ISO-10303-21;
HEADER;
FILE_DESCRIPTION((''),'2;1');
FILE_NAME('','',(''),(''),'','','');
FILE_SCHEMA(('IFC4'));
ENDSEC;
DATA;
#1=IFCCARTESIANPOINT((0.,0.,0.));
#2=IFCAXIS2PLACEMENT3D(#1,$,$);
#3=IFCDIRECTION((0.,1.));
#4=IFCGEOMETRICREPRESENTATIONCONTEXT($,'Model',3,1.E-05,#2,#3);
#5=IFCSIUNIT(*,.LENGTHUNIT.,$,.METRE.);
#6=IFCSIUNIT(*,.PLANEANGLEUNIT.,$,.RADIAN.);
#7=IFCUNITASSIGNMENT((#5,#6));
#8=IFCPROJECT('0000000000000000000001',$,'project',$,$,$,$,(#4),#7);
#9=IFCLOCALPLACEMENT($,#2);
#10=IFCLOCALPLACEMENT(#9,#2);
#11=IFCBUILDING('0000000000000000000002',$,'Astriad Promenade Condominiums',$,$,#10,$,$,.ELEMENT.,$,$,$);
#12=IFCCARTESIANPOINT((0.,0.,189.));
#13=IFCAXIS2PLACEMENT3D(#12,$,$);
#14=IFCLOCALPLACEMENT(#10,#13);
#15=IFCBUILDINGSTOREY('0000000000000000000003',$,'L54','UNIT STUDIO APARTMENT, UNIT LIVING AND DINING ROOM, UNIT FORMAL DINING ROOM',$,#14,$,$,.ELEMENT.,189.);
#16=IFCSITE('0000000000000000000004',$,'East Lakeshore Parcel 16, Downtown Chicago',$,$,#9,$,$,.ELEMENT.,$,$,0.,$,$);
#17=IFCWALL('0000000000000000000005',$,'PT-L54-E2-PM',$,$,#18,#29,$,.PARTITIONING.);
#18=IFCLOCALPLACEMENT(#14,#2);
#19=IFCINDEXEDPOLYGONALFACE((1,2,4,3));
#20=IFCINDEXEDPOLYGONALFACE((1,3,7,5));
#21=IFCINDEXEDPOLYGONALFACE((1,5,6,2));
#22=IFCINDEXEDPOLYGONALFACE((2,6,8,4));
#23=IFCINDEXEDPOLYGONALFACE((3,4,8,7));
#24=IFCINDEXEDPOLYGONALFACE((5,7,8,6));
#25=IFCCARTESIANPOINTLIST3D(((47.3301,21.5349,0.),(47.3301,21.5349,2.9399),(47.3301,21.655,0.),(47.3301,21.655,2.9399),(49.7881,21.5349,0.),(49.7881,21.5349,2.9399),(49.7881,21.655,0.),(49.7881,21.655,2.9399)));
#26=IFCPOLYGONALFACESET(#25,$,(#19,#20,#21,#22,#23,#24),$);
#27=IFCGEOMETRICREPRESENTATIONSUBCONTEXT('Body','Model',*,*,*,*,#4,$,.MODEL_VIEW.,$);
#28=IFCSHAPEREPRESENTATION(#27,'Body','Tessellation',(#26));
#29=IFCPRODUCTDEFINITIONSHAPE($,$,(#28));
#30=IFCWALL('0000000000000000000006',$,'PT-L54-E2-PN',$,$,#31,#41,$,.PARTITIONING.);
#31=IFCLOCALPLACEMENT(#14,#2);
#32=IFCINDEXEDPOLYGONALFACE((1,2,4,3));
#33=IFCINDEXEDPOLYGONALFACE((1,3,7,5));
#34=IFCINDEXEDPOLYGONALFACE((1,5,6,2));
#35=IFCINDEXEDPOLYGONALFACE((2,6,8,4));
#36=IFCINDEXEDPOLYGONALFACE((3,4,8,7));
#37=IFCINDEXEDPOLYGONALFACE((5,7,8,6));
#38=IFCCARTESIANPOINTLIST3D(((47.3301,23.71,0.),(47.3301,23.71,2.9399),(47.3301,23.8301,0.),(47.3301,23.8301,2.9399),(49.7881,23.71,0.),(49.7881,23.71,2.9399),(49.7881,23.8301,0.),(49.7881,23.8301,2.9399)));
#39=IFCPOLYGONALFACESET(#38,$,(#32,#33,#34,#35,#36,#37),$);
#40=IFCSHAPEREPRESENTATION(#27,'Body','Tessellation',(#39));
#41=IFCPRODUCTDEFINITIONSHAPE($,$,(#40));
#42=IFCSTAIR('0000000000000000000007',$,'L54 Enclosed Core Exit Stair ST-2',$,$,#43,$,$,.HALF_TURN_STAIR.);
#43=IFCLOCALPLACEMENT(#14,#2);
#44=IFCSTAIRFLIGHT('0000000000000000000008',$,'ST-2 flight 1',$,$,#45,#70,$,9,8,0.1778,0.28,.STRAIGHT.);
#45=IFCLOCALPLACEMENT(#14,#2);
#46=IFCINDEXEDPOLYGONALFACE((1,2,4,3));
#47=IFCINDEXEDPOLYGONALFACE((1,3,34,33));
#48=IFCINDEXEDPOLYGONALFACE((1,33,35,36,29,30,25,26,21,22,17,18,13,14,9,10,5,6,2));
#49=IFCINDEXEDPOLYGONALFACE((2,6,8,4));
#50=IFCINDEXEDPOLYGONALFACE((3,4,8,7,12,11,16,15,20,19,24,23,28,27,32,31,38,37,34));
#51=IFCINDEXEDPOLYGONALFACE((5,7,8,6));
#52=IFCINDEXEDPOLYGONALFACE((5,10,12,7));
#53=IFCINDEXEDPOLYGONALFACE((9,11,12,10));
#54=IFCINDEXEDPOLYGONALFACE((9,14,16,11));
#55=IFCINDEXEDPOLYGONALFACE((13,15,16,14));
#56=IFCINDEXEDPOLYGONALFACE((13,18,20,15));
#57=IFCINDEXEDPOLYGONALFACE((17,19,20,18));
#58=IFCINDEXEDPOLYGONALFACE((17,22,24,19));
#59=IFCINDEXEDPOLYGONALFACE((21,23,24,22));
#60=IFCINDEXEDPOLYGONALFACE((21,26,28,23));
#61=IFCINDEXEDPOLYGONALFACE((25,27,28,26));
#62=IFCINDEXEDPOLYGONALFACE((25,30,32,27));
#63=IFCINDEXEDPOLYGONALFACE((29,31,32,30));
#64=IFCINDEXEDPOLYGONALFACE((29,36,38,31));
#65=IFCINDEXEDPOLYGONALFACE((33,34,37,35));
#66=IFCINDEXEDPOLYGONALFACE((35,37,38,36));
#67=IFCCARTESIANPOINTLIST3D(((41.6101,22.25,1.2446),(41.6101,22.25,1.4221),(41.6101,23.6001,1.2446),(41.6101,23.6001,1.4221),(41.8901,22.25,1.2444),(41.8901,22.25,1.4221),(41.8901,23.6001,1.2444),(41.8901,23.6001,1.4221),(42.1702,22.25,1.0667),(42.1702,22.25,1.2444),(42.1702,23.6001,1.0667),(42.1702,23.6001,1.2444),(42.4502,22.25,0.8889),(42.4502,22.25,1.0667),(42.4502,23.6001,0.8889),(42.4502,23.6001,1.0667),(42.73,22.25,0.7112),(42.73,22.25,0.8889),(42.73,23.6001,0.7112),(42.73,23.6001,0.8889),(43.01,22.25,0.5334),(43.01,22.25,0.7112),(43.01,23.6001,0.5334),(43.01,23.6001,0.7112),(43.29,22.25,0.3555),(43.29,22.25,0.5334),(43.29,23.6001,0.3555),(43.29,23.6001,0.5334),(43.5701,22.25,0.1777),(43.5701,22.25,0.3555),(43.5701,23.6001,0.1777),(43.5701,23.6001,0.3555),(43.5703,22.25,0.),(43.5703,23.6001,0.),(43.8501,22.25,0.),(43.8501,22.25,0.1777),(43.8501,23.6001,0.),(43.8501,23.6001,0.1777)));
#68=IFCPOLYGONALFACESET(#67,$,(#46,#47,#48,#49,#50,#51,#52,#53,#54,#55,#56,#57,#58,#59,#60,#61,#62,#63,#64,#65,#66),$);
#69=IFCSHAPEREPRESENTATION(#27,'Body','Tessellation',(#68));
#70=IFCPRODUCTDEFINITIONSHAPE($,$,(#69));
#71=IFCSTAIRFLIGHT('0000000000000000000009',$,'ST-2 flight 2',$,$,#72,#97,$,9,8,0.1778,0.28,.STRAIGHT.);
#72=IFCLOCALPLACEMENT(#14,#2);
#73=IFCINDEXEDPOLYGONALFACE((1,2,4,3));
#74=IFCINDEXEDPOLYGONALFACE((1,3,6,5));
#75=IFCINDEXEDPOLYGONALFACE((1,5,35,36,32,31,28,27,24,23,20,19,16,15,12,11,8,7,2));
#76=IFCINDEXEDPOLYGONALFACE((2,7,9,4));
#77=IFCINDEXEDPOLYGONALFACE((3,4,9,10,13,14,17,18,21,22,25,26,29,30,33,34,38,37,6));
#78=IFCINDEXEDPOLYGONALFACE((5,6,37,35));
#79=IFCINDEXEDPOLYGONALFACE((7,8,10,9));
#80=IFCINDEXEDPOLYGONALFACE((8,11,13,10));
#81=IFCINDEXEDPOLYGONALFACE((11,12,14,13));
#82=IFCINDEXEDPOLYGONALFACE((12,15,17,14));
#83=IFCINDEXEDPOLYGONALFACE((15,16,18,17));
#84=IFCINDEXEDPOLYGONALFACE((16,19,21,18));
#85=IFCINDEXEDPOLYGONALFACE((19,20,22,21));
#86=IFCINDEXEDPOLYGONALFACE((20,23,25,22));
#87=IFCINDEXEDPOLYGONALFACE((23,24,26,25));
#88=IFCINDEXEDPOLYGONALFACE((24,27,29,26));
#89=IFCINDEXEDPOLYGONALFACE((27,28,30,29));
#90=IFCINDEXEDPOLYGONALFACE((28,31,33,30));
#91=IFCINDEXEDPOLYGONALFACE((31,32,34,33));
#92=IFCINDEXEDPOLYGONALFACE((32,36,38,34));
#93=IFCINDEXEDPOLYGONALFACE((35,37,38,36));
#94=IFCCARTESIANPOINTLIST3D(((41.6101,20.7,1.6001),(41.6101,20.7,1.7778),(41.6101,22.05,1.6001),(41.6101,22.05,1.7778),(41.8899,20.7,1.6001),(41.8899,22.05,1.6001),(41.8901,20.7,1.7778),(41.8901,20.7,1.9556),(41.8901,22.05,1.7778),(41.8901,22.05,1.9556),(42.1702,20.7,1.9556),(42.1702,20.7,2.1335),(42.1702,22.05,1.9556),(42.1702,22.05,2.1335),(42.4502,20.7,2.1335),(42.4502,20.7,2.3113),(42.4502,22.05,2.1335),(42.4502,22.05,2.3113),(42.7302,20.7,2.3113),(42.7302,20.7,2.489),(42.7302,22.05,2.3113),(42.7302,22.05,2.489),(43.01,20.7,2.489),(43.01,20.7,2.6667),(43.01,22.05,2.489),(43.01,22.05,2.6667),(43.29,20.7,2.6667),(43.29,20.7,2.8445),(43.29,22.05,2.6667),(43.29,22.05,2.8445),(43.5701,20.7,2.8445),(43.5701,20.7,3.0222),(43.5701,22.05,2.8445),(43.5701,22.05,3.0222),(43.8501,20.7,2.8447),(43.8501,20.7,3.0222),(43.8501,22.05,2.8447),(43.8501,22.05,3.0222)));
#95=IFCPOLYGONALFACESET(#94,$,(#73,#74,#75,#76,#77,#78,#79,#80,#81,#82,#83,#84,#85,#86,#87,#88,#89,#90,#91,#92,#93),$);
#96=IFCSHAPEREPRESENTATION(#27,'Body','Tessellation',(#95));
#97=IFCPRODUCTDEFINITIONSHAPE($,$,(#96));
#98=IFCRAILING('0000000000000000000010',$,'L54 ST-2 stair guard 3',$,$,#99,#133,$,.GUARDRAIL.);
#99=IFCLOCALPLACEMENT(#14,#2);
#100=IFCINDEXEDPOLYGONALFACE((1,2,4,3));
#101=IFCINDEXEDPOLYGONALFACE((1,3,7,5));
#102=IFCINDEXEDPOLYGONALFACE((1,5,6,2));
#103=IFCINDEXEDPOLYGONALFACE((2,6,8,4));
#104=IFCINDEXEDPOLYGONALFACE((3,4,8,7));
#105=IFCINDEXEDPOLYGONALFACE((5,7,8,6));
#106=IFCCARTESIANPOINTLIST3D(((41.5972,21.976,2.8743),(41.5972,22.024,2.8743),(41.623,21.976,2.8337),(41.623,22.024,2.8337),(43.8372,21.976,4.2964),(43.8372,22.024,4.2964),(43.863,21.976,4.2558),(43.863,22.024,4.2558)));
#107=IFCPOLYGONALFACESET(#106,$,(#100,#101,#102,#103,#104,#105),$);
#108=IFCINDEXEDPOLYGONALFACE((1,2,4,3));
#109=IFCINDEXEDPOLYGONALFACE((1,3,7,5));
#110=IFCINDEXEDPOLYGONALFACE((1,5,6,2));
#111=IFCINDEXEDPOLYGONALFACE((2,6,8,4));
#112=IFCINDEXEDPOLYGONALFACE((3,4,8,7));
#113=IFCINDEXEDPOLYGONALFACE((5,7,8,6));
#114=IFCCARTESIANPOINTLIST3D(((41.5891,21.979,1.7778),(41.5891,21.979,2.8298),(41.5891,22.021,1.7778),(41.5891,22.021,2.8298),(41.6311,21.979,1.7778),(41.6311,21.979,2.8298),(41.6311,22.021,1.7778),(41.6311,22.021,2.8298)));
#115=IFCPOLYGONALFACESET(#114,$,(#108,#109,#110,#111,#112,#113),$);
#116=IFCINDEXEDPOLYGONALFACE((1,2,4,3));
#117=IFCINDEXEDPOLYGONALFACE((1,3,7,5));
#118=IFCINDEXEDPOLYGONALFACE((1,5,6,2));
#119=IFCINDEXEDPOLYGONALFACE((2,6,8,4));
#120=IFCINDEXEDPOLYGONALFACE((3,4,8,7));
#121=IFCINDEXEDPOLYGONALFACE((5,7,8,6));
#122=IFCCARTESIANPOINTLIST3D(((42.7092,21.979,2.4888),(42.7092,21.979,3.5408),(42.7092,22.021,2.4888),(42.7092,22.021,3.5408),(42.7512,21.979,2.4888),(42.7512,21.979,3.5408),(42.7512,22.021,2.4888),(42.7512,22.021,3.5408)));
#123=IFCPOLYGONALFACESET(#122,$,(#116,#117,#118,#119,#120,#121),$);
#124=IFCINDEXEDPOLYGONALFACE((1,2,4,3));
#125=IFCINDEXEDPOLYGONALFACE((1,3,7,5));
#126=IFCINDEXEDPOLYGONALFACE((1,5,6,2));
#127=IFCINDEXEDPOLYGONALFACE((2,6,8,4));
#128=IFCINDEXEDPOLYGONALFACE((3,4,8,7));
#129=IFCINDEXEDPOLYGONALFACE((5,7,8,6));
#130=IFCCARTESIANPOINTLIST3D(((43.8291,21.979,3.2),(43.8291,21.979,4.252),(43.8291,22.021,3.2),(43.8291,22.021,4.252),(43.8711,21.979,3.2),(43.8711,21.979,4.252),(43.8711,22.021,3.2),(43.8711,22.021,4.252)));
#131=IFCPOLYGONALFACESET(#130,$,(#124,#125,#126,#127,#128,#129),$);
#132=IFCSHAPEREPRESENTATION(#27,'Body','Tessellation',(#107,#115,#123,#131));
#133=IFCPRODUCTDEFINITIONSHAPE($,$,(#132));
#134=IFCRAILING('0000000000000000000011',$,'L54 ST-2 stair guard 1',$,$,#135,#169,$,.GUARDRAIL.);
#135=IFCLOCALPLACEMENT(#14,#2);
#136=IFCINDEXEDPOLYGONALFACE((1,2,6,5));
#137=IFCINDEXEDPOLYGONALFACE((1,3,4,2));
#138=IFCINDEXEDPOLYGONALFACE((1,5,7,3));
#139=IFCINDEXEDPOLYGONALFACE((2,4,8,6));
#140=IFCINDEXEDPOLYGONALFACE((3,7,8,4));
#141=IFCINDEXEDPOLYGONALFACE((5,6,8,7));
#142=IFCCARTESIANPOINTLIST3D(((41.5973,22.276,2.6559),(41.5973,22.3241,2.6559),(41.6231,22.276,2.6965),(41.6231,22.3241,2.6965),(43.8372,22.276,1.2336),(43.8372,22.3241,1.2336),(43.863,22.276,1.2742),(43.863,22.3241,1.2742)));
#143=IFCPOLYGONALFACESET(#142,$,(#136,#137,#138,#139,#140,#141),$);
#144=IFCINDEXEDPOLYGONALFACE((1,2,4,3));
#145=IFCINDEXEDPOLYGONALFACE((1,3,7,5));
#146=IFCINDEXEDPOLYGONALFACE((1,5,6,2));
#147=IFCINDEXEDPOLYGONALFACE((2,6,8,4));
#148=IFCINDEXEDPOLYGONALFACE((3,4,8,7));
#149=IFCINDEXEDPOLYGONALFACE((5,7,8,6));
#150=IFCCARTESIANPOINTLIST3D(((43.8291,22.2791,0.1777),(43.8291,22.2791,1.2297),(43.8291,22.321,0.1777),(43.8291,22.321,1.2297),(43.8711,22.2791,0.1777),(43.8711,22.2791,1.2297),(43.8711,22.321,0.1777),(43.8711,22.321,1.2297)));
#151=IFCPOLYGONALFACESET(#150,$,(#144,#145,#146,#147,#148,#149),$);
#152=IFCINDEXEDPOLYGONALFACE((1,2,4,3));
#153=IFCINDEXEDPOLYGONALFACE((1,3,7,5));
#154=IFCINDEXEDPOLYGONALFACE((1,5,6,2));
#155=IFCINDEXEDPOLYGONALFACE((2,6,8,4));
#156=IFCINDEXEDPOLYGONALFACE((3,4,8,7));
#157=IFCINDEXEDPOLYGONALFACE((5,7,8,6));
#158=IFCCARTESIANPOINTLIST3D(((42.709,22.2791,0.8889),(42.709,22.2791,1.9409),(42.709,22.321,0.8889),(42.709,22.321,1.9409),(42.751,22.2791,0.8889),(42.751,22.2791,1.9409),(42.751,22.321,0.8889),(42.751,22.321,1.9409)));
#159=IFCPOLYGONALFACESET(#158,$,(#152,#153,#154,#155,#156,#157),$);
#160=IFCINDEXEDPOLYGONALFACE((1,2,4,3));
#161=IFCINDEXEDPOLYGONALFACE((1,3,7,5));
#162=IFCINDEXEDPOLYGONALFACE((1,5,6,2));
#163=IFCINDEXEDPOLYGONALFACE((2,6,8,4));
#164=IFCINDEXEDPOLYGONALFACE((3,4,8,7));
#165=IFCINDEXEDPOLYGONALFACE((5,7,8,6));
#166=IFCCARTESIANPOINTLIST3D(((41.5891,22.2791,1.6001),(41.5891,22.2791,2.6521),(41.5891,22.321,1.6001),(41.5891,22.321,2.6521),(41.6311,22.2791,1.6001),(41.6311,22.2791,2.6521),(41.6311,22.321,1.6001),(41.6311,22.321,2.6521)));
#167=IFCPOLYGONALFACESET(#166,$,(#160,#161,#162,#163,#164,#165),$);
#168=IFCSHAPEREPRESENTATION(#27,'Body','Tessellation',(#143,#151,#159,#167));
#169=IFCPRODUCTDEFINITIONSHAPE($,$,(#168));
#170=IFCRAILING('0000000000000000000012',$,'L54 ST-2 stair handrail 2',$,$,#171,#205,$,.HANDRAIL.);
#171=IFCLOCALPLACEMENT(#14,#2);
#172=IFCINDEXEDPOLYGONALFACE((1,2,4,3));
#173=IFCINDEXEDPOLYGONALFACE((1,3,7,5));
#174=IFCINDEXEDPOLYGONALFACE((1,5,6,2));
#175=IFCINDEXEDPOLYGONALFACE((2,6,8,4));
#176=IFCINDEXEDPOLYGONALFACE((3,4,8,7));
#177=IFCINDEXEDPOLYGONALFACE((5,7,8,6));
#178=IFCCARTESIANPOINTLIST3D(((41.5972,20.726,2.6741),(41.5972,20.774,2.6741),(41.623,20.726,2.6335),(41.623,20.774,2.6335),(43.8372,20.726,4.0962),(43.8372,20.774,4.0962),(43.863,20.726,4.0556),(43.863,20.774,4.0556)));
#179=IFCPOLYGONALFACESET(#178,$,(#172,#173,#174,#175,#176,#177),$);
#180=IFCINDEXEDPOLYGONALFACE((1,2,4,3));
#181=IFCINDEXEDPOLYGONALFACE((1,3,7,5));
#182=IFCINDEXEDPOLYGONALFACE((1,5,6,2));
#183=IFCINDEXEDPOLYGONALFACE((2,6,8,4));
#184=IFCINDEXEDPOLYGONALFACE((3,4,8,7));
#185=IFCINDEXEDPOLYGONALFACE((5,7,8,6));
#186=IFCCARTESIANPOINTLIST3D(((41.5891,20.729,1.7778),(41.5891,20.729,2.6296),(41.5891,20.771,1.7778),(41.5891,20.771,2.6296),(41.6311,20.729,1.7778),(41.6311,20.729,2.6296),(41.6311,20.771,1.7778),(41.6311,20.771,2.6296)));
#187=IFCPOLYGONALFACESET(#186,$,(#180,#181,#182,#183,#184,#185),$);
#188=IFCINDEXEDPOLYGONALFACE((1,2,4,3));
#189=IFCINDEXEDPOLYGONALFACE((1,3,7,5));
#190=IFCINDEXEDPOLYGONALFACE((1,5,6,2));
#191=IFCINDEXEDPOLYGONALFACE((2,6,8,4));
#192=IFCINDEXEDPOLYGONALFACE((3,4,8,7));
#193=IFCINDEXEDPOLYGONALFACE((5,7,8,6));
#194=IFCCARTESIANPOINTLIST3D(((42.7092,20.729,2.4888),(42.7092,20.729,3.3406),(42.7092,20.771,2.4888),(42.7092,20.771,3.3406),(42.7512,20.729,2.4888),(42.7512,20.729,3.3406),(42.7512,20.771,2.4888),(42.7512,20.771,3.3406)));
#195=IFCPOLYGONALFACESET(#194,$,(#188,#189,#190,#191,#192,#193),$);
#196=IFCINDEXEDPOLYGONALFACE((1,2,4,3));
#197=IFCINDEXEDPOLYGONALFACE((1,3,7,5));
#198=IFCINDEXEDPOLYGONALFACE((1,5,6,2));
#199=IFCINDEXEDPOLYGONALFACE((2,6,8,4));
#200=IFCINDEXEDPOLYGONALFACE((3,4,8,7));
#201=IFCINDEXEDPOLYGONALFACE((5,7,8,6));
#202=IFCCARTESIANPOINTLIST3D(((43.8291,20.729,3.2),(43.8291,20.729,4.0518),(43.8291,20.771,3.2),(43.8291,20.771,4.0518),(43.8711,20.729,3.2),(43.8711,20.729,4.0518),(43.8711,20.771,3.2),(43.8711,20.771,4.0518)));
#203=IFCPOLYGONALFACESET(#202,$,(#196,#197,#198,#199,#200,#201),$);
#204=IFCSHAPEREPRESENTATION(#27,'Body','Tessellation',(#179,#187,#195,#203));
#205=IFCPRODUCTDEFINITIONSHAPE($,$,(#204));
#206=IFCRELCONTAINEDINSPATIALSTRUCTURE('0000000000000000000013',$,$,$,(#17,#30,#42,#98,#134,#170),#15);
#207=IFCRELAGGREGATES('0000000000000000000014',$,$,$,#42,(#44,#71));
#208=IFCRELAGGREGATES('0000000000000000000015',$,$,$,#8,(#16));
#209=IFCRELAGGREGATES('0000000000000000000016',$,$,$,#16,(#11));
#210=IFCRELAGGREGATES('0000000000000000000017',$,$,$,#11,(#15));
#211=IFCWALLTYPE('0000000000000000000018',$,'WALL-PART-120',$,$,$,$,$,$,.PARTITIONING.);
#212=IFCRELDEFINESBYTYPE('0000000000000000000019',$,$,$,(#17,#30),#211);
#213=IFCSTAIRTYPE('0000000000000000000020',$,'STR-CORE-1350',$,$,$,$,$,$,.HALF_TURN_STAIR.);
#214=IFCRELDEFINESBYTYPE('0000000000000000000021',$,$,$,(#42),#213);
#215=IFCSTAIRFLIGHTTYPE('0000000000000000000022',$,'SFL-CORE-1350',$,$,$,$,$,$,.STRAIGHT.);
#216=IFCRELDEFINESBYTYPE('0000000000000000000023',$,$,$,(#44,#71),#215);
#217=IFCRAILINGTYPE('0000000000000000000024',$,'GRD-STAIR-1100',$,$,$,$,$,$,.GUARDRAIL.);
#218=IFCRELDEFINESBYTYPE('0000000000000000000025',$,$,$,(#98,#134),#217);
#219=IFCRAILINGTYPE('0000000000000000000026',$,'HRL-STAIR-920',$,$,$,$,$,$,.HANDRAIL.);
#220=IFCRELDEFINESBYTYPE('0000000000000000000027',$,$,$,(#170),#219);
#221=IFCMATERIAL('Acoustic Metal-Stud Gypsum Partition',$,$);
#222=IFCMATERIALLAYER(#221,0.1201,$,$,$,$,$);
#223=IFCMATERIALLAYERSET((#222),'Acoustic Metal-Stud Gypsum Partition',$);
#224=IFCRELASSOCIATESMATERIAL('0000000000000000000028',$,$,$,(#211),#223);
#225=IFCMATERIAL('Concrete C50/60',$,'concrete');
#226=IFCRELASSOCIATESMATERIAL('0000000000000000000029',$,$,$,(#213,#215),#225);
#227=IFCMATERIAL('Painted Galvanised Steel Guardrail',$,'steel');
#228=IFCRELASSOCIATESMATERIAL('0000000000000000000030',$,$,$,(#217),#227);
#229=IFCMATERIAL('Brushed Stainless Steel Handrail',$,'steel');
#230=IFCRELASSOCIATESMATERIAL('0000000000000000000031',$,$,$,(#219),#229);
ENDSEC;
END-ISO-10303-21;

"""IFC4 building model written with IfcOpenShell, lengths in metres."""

from ifc_helpers import new_model, si_unit, direction, frame, frame_2d, origin, origin_2d, place, context, subcontext, project, spatial, polyline, rectangle, outline, extrude, source, transform, mapped, material, layer, layer_set, type_object, type_shapes, element, aggregate, save


model = new_model("IFC4")

# Units and contexts
model_context = context("Model", 3, precision=1e-05, world=origin(), true_north=direction((0.0, 1.0)))
body_context = subcontext(model_context, "Body", "Model", "MODEL_VIEW")
ifc_project = project(units=[si_unit("LENGTHUNIT", "METRE"), si_unit("PLANEANGLEUNIT", "RADIAN")], contexts=[model_context])

# Site, building, storey
site_placement = place(None, origin())
site = spatial("IfcSite", under=ifc_project, at=site_placement, Name="East Lakeshore Parcel 16, Downtown Chicago", CompositionType="ELEMENT", RefElevation=0.0)
building_placement = place(site_placement, origin())
building = spatial("IfcBuilding", under=site, at=building_placement, Name="Astriad Promenade Condominiums", CompositionType="ELEMENT")
storey_placement = place(building_placement, frame((0.0, 0.0, 189.0)))
storey = spatial("IfcBuildingStorey", under=building, at=storey_placement, Name="L54", Description="UNIT STUDIO APARTMENT, UNIT LIVING AND DINING ROOM, UNIT FORMAL DINING ROOM", CompositionType="ELEMENT", Elevation=189.0)

# Shared definitions
ifc_material_1 = material(Name="Concrete C50/60", Category="concrete")

# Walls
ifc_material_2 = material(Name="Acoustic Metal-Stud Gypsum Partition")
ifc_layer_1 = layer(ifc_material_2, 0.1201)
ifc_layer_set_1 = layer_set([ifc_layer_1], Name="Acoustic Metal-Stud Gypsum Partition")
wall_type_1 = type_object("IfcWallType", Name="WALL-PART-120", PredefinedType="PARTITIONING", material=ifc_layer_set_1)
for number, where, z_axis, x_axis, name in (
    (1, (47.3301, 21.595, 0.0), (0.0, 0.0, 1.0), (1.0, 0.0, 0.0), "PT-L54-E2-PM"),
    (2, (47.3301, 23.77, 0.0), (0.0, 0.0, 1.0), (1.0, 0.0, 0.0), "PT-L54-E2-PN"),
):
    element("IfcWall", number, at=place(storey_placement, frame(where, z_axis=z_axis, x_axis=x_axis)), inside=storey, type_object=wall_type_1, Name=name, PredefinedType="PARTITIONING", context=body_context, shape_type="SweptSolid", body=[
        extrude(rectangle(XDim=2.458, YDim=0.1201, at=frame_2d((1.229, 0.0))), origin(), (0.0, 0.0, 1.0), 2.9399),
    ])

# Stair, stair flights
stair_type = type_object("IfcStairType", Name="STR-CORE-1350", PredefinedType="HALF_TURN_STAIR", material=ifc_material_1)
stair_placement = place(storey_placement, origin())
stair = element("IfcStair", 3, at=stair_placement, inside=storey, type_object=stair_type, Name="L54 Enclosed Core Exit Stair ST-2", PredefinedType="HALF_TURN_STAIR")
stair_flight_type = type_object("IfcStairFlightType", Name="SFL-CORE-1350", PredefinedType="STRAIGHT", material=ifc_material_1)
shared_shape_1 = source(origin(), body_context, "Body", "SweptSolid", [
    extrude(outline(polyline([(0.0, 0.0), (0.0, 0.1777), (0.28, 0.1777), (0.28, 0.3555), (0.5601, 0.3555), (0.5601, 0.5334), (0.8401, 0.5334), (0.8401, 0.7112), (1.1201, 0.7112), (1.1201, 0.8889), (1.3999, 0.8889), (1.3999, 1.0667), (1.6799, 1.0667), (1.6799, 1.2444), (1.96, 1.2444), (1.96, 1.4221), (2.24, 1.4221), (2.24, 1.6001), (2.24, 1.2446), (0.2798, 0.0), (0.0, 0.0)])), frame((0.0, 0.675, 0.0), z_axis=(0.0, -1.0, 0.0), x_axis=(1.0, 0.0, 0.0)), (0.0, 0.0, 1.0), 1.3501),
])
type_shapes(stair_flight_type, [shared_shape_1])
stair_flight_1_placement = place(storey_placement, frame((43.8501, 22.925, 0.0), z_axis=(0.0, 0.0, 1.0), x_axis=(-1.0, 0.0, 0.0)))
stair_flight_1 = element("IfcStairFlight", 4, at=stair_flight_1_placement, type_object=stair_flight_type, Name="ST-2 flight 1", NumberOfRisers=9, NumberOfTreads=8, PredefinedType="STRAIGHT", RiserHeight=0.1778, TreadLength=0.28, context=body_context, shape_type="MappedRepresentation", body=[
    mapped(shared_shape_1, transform((0.0, 0.0, 0.0), scale=1.0)),
])
stair_flight_2_placement = place(storey_placement, frame((41.6101, 21.375, 1.6001), z_axis=(0.0, 0.0, 1.0), x_axis=(1.0, 0.0, 0.0)))
stair_flight_2 = element("IfcStairFlight", 5, at=stair_flight_2_placement, type_object=stair_flight_type, Name="ST-2 flight 2", NumberOfRisers=9, NumberOfTreads=8, PredefinedType="STRAIGHT", RiserHeight=0.1778, TreadLength=0.28, context=body_context, shape_type="MappedRepresentation", body=[
    mapped(shared_shape_1, transform((0.0, 0.0, 0.0), scale=1.0)),
])
aggregate(stair, [stair_flight_1, stair_flight_2])

# Railings
ifc_material_3 = material(Name="Painted Galvanised Steel Guardrail", Category="steel")
railing_type_1 = type_object("IfcRailingType", Name="GRD-STAIR-1100", PredefinedType="GUARDRAIL", material=ifc_material_3)
shared_shape_2 = source(origin(), body_context, "Body", "SweptSolid", [
    extrude(rectangle(XDim=0.0481, YDim=0.0481, at=origin_2d()), frame((0.0, 0.0, 1.0762), z_axis=(0.844229, 0.0, 0.535982), x_axis=(0.0, 1.0, 0.0)), (0.0, 0.0, 1.0), 2.6533),
    extrude(rectangle(XDim=0.042, YDim=0.042, at=origin_2d()), origin(), (0.0, 0.0, 1.0), 1.052),
    extrude(rectangle(XDim=0.042, YDim=0.042, at=origin_2d()), frame((1.1201, 0.0, 0.7109)), (0.0, 0.0, 1.0), 1.052),
    extrude(rectangle(XDim=0.042, YDim=0.042, at=origin_2d()), frame((2.24, 0.0, 1.4221)), (0.0, 0.0, 1.0), 1.052),
])
railing_1_placement = place(storey_placement, frame((41.6101, 22.0, 1.7778)))
element("IfcRailing", 6, at=railing_1_placement, inside=storey, type_object=railing_type_1, Name="L54 ST-2 stair guard 3", PredefinedType="GUARDRAIL", context=body_context, shape_type="MappedRepresentation", body=[
    mapped(shared_shape_2, transform((0.0, 0.0, 0.0), scale=1.0)),
])
shared_shape_3 = source(origin(), body_context, "Body", "SweptSolid", [
    extrude(rectangle(XDim=0.0481, YDim=0.0481, at=origin_2d()), frame((0.0, 0.0, 1.0762), z_axis=(-0.844188, 0.0, 0.536048), x_axis=(0.0, -1.0, 0.0)), (0.0, 0.0, 1.0), 2.6533),
    extrude(rectangle(XDim=0.042, YDim=0.042, at=origin_2d()), origin(), (0.0, 0.0, 1.0), 1.052),
    extrude(rectangle(XDim=0.042, YDim=0.042, at=origin_2d()), frame((-1.1201, 0.0, 0.7112)), (0.0, 0.0, 1.0), 1.052),
    extrude(rectangle(XDim=0.042, YDim=0.042, at=origin_2d()), frame((-2.24, 0.0, 1.4224)), (0.0, 0.0, 1.0), 1.052),
])
railing_2_placement = place(storey_placement, frame((43.8501, 22.3, 0.1777)))
element("IfcRailing", 7, at=railing_2_placement, inside=storey, type_object=railing_type_1, Name="L54 ST-2 stair guard 1", PredefinedType="GUARDRAIL", context=body_context, shape_type="MappedRepresentation", body=[
    mapped(shared_shape_3, transform((0.0, 0.0, 0.0), scale=1.0)),
])
ifc_material_4 = material(Name="Brushed Stainless Steel Handrail", Category="steel")
railing_type_2 = type_object("IfcRailingType", Name="HRL-STAIR-920", PredefinedType="HANDRAIL", material=ifc_material_4)
shared_shape_4 = source(origin(), body_context, "Body", "SweptSolid", [
    extrude(rectangle(XDim=0.0481, YDim=0.0481, at=origin_2d()), frame((0.0, 0.0, 0.876), z_axis=(0.844229, 0.0, 0.535982), x_axis=(0.0, 1.0, 0.0)), (0.0, 0.0, 1.0), 2.6533),
    extrude(rectangle(XDim=0.042, YDim=0.042, at=origin_2d()), origin(), (0.0, 0.0, 1.0), 0.8518),
    extrude(rectangle(XDim=0.042, YDim=0.042, at=origin_2d()), frame((1.1201, 0.0, 0.7109)), (0.0, 0.0, 1.0), 0.8518),
    extrude(rectangle(XDim=0.042, YDim=0.042, at=origin_2d()), frame((2.24, 0.0, 1.4221)), (0.0, 0.0, 1.0), 0.8518),
])
railing_3_placement = place(storey_placement, frame((41.6101, 20.75, 1.7778)))
element("IfcRailing", 8, at=railing_3_placement, inside=storey, type_object=railing_type_2, Name="L54 ST-2 stair handrail 2", PredefinedType="HANDRAIL", context=body_context, shape_type="MappedRepresentation", body=[
    mapped(shared_shape_4, transform((0.0, 0.0, 0.0), scale=1.0)),
])

save(model, "model.ifc")
